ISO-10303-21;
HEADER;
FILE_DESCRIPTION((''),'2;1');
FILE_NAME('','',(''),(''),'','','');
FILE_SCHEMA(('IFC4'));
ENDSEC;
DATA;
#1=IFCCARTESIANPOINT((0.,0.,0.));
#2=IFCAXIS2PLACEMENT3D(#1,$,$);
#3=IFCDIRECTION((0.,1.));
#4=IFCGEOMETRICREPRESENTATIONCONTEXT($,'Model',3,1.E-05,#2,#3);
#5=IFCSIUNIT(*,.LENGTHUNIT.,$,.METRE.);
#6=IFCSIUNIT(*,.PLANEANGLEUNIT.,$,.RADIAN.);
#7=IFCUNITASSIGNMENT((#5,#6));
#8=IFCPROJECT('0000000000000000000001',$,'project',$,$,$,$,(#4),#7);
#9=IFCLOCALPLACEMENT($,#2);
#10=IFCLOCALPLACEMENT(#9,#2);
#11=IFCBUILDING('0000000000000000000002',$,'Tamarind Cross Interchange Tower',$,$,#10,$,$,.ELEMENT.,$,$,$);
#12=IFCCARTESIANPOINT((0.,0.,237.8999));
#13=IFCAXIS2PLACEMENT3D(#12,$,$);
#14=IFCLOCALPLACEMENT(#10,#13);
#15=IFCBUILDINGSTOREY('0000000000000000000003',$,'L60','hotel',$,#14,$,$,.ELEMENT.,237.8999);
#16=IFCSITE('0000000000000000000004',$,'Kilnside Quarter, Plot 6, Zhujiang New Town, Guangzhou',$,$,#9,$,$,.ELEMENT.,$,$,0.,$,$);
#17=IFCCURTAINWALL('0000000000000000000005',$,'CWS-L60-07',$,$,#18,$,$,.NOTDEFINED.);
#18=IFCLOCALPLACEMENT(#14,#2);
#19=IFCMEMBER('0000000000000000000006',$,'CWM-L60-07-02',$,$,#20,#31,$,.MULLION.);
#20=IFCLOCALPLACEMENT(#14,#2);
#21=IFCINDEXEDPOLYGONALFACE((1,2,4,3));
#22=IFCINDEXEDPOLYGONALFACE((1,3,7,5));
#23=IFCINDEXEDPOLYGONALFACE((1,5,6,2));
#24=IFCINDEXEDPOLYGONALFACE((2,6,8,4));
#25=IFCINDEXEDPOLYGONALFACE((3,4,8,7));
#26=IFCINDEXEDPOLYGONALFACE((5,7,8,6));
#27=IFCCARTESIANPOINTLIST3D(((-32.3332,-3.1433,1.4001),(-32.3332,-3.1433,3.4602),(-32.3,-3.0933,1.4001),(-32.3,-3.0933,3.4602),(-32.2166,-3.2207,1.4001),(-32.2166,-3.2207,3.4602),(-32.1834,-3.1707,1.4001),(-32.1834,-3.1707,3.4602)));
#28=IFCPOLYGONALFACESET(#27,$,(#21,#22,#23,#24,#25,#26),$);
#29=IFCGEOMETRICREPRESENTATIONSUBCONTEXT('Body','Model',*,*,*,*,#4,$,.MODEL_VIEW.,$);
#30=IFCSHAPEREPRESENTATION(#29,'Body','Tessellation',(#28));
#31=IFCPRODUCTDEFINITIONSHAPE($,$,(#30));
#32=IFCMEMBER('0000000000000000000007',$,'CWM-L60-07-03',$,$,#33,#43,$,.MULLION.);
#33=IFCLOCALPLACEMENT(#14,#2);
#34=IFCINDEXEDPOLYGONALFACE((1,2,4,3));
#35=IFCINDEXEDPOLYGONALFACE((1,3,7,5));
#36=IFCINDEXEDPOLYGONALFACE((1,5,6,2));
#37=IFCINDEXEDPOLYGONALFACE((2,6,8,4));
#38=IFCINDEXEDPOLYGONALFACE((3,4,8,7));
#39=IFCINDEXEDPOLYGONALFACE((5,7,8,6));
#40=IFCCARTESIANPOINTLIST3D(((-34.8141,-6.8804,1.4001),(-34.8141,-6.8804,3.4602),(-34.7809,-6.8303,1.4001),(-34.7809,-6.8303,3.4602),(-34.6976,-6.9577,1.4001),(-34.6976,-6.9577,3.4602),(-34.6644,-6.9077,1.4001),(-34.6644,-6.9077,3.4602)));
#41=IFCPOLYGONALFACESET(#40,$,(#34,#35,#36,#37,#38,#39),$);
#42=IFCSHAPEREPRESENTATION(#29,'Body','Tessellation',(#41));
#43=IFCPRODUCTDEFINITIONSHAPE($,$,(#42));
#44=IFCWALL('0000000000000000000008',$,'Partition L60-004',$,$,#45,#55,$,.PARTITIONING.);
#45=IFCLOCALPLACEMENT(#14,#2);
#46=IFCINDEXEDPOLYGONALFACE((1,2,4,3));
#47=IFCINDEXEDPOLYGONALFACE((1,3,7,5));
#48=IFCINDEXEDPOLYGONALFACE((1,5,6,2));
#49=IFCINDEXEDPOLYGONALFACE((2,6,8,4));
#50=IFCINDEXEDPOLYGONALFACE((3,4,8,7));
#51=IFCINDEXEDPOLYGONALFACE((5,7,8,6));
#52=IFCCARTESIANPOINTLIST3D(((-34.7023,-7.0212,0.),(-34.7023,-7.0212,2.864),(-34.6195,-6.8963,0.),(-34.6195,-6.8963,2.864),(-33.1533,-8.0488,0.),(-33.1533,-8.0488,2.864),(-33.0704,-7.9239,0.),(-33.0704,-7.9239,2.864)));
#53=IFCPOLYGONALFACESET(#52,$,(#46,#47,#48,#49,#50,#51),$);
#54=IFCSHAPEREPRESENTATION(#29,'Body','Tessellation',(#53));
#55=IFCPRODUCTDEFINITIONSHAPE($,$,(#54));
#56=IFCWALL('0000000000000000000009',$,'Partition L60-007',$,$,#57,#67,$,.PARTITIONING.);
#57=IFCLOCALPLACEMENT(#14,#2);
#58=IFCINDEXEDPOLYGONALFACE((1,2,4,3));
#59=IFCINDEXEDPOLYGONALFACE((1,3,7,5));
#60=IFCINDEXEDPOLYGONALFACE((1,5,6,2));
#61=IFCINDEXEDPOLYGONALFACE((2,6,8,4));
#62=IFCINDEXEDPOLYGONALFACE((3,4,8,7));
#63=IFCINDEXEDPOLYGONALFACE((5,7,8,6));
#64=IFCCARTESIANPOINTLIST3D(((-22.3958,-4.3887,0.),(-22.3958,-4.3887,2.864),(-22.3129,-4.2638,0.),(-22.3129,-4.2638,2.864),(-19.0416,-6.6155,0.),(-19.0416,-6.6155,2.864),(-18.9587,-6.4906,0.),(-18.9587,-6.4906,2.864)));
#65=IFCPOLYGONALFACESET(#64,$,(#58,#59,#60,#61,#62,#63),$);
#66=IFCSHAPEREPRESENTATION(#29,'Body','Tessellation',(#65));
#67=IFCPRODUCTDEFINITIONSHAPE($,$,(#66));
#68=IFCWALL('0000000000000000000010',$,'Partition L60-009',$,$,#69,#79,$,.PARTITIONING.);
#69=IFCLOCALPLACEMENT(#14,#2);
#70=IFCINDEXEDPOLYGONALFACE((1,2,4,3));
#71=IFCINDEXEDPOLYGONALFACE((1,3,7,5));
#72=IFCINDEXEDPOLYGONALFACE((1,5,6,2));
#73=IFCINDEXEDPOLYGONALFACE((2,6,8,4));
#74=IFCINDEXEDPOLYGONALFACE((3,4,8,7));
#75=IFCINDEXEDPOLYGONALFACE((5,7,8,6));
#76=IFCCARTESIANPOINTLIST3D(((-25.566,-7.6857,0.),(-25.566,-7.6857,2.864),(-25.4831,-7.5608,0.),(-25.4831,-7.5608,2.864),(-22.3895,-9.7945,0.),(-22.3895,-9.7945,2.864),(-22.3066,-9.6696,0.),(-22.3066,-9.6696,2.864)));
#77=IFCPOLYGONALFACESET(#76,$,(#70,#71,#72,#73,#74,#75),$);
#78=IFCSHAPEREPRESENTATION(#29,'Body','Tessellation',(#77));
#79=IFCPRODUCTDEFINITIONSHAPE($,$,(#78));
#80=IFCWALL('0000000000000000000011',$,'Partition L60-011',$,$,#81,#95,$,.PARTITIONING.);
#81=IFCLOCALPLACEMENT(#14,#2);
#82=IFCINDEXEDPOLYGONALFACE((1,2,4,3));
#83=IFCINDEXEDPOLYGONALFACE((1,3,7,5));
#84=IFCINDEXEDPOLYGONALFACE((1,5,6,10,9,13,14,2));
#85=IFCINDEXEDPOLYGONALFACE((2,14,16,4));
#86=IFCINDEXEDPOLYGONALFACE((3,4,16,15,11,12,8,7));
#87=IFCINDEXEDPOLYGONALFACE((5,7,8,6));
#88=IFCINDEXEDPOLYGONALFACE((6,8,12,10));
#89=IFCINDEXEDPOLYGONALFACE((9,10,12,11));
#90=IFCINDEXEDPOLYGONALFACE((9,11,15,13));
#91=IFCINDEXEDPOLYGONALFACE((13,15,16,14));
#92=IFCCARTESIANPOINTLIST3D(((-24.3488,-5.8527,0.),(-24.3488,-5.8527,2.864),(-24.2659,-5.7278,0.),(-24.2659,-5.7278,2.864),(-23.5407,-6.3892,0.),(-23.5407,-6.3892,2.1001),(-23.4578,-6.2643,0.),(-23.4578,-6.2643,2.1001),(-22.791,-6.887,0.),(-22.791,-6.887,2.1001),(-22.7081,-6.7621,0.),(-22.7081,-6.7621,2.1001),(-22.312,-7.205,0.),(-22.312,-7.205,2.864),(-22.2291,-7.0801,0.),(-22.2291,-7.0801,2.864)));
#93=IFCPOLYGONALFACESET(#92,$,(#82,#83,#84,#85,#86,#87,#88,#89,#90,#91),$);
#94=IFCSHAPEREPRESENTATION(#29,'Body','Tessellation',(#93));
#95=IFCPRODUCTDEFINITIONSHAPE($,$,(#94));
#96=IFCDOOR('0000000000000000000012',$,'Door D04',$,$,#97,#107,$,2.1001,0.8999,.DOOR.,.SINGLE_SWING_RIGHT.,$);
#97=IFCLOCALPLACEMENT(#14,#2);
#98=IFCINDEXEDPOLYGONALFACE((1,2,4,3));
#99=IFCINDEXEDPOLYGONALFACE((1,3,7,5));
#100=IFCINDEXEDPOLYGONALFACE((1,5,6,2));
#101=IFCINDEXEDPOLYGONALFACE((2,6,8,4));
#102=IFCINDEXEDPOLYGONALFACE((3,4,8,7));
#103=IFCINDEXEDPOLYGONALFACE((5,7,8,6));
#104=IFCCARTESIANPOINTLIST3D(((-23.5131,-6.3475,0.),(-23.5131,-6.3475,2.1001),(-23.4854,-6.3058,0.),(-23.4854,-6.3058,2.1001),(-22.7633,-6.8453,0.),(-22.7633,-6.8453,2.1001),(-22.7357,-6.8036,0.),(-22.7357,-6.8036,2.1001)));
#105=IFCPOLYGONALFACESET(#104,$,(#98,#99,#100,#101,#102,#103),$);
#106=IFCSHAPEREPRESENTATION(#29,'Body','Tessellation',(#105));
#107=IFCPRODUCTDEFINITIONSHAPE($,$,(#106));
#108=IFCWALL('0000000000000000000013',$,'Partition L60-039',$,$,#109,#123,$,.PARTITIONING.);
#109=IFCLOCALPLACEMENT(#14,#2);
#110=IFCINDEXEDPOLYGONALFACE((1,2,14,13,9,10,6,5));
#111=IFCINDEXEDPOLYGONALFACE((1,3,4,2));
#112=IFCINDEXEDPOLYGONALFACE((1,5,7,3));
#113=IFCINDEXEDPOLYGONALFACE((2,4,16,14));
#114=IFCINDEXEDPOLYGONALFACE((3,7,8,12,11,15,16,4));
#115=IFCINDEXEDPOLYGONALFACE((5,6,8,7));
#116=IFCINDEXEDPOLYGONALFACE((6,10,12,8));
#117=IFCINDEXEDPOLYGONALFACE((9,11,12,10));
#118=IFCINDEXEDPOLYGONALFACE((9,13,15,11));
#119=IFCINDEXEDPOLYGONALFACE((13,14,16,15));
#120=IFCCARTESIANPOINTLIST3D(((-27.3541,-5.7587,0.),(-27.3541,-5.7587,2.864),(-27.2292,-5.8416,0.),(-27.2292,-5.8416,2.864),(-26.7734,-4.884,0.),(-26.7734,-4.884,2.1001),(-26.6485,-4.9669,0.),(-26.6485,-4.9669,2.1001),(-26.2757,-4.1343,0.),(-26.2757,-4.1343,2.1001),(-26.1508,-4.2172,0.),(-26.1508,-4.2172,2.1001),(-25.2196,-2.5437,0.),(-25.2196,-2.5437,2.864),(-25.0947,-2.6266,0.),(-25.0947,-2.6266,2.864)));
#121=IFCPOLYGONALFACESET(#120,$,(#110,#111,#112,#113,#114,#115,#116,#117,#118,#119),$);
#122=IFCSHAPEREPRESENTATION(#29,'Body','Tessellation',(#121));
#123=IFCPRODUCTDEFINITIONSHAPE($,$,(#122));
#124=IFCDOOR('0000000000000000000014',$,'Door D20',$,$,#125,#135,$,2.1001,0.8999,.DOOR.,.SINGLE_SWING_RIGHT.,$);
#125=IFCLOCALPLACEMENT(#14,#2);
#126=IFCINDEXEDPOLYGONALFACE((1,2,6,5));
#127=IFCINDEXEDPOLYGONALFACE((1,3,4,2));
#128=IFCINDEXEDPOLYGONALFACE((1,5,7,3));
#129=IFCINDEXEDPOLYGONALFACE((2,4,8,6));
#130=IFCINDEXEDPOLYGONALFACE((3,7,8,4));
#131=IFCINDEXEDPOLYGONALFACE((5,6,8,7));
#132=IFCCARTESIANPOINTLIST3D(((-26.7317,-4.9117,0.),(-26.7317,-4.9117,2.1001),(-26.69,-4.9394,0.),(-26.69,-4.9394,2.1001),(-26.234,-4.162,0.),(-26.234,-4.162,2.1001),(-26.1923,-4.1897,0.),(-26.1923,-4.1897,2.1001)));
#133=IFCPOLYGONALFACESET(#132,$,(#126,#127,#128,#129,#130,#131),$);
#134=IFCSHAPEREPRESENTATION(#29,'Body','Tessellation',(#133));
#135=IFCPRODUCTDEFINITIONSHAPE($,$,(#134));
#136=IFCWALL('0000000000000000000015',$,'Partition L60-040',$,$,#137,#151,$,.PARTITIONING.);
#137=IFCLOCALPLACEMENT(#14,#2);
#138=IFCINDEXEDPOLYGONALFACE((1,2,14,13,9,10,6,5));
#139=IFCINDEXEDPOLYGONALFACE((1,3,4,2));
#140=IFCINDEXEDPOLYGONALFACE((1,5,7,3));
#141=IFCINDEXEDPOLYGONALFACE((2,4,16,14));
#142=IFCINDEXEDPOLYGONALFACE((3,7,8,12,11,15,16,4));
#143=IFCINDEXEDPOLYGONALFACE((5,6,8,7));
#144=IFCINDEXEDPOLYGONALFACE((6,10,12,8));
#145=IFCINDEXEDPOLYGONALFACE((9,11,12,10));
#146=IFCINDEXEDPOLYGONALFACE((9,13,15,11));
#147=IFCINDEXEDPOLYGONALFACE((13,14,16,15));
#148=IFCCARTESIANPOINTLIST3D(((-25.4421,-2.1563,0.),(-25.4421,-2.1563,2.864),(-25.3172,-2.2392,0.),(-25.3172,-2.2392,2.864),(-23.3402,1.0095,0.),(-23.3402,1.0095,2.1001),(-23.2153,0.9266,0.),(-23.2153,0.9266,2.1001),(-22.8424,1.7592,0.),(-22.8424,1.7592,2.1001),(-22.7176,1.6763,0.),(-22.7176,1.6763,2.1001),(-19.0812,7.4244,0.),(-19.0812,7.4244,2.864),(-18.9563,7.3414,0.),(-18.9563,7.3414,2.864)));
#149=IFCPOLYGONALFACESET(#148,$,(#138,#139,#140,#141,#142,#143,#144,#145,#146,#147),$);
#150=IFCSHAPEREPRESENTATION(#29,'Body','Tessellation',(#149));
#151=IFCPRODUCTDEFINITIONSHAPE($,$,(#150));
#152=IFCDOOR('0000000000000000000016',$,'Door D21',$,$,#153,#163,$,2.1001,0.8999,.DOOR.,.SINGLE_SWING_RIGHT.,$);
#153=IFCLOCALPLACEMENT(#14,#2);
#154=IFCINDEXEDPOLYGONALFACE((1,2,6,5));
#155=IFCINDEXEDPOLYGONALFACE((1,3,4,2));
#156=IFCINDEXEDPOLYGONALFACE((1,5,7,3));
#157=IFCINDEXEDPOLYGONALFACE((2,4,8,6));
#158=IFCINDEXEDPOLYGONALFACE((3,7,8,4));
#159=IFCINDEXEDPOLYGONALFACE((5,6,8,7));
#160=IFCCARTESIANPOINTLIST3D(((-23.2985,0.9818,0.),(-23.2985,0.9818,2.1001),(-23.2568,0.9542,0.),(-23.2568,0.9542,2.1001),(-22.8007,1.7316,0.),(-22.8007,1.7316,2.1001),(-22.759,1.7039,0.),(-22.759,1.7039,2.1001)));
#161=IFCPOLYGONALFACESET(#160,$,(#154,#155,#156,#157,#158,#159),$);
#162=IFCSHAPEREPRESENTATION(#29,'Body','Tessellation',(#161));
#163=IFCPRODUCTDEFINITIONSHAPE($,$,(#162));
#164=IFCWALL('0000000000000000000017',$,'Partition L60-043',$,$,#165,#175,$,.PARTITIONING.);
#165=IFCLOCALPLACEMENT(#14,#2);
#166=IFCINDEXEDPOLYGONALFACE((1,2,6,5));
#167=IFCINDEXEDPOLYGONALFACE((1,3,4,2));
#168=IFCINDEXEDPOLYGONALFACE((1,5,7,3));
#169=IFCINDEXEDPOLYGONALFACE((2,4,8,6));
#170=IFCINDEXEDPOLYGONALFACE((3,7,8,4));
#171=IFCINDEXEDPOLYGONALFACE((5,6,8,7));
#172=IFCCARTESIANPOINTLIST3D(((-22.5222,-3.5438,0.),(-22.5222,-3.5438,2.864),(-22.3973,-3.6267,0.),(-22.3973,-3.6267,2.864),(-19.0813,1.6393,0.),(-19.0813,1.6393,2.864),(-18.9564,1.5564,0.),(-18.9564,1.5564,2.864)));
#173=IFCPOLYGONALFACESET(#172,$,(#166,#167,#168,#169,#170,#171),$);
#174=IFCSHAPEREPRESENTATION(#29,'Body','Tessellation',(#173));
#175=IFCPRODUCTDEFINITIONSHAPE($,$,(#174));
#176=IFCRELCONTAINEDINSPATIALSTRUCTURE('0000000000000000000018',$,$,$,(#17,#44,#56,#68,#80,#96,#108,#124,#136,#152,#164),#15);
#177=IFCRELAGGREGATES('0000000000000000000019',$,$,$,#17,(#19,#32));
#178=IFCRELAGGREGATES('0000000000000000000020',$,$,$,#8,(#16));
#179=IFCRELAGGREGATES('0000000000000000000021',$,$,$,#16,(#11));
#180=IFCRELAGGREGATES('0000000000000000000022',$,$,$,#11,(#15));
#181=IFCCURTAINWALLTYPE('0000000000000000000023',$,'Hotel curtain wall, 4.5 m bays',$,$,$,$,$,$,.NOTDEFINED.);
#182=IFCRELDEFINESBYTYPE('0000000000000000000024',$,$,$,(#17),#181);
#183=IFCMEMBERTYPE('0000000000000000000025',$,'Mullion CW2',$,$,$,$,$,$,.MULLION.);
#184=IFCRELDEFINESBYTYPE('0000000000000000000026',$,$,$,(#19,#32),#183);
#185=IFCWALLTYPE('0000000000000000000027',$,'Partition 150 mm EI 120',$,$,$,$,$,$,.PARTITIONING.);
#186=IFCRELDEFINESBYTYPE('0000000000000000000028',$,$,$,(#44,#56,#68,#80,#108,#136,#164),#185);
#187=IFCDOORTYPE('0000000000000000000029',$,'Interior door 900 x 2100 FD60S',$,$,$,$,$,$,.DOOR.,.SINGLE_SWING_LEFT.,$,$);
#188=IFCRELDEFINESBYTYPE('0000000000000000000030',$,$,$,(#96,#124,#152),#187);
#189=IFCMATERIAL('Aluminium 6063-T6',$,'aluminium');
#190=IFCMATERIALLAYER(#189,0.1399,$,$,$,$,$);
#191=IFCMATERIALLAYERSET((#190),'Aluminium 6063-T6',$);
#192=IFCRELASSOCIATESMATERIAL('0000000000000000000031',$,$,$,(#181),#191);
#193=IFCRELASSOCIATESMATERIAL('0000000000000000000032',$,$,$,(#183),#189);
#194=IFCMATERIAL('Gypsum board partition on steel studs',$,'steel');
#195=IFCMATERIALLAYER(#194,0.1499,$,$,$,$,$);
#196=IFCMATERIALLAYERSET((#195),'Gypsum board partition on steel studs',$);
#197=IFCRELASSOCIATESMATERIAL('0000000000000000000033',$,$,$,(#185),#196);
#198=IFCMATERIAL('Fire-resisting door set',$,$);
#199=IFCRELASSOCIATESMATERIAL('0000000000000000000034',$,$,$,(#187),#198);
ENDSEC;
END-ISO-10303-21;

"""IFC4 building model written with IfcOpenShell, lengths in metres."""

from ifc_helpers import new_model, si_unit, direction, frame, frame_2d, origin, origin_2d, place, context, subcontext, project, spatial, rectangle, extrude, material, layer, layer_set, material_profile, profile_set, type_object, element, fill, aggregate, save


model = new_model("IFC4")

# Units and contexts
model_context = context("Model", 3, precision=1e-05, world=origin(), true_north=direction((0.0, 1.0)))
body_context = subcontext(model_context, "Body", "Model", "MODEL_VIEW")
ifc_project = project(units=[si_unit("LENGTHUNIT", "METRE"), si_unit("PLANEANGLEUNIT", "RADIAN")], contexts=[model_context])

# Site, building, storey
site_placement = place(None, origin())
site = spatial("IfcSite", under=ifc_project, at=site_placement, Name="Kilnside Quarter, Plot 6, Zhujiang New Town, Guangzhou", CompositionType="ELEMENT", RefElevation=0.0)
building_placement = place(site_placement, origin())
building = spatial("IfcBuilding", under=site, at=building_placement, Name="Tamarind Cross Interchange Tower", CompositionType="ELEMENT")
storey_placement = place(building_placement, frame((0.0, 0.0, 237.8999)))
storey = spatial("IfcBuildingStorey", under=building, at=storey_placement, Name="L60", Description="hotel", CompositionType="ELEMENT", Elevation=237.8999)

# Curtain wall, members
ifc_material_1 = material(Name="Aluminium 6063-T6", Category="aluminium")
ifc_layer_1 = layer(ifc_material_1, 0.1399)
ifc_layer_set_1 = layer_set([ifc_layer_1], Name="Aluminium 6063-T6")
curtain_wall_type = type_object("IfcCurtainWallType", Name="Hotel curtain wall, 4.5 m bays", PredefinedType="NOTDEFINED", material=ifc_layer_set_1)
curtain_wall_placement = place(storey_placement, origin())
curtain_wall = element("IfcCurtainWall", 1, at=curtain_wall_placement, inside=storey, type_object=curtain_wall_type, Name="CWS-L60-07", PredefinedType="NOTDEFINED")
ifc_material_profile_1 = material_profile(ifc_material_1, rectangle(XDim=0.0601, YDim=0.1399, at=origin_2d()), Name="Mullion CW2")
ifc_profile_set_1 = profile_set([ifc_material_profile_1], Name="Aluminium 6063-T6")
member_type = type_object("IfcMemberType", Name="Mullion CW2", PredefinedType="MULLION", material=ifc_profile_set_1)
member_1_placement = place(storey_placement, frame((-32.2583, -3.157, 1.4001), z_axis=(0.0, 0.0, 1.0), x_axis=(-0.553112, -0.833107, 0.0)))
member_1 = element("IfcMember", 2, at=member_1_placement, type_object=member_type, Name="CWM-L60-07-02", PredefinedType="MULLION", context=body_context, shape_type="SweptSolid", body=[
    extrude(rectangle(XDim=0.0601, YDim=0.1399, at=origin_2d()), origin(), (0.0, 0.0, 1.0), 2.0601),
])
member_2_placement = place(storey_placement, frame((-34.7393, -6.894, 1.4001), z_axis=(0.0, 0.0, 1.0), x_axis=(-0.553112, -0.833107, 0.0)))
member_2 = element("IfcMember", 3, at=member_2_placement, type_object=member_type, Name="CWM-L60-07-03", PredefinedType="MULLION", context=body_context, shape_type="SweptSolid", body=[
    extrude(rectangle(XDim=0.0601, YDim=0.1399, at=origin_2d()), origin(), (0.0, 0.0, 1.0), 2.0601),
])
aggregate(curtain_wall, [member_1, member_2])

# Walls
ifc_material_2 = material(Name="Gypsum board partition on steel studs", Category="steel")
ifc_layer_2 = layer(ifc_material_2, 0.1499)
ifc_layer_set_2 = layer_set([ifc_layer_2], Name="Gypsum board partition on steel studs")
wall_type_1 = type_object("IfcWallType", Name="Partition 150 mm EI 120", PredefinedType="PARTITIONING", material=ifc_layer_set_2)
wall_1_placement = place(storey_placement, frame((-34.6609, -6.9587, 0.0), z_axis=(0.0, 0.0, 1.0), x_axis=(0.833321, -0.552789, 0.0)))
element("IfcWall", 4, at=wall_1_placement, inside=storey, type_object=wall_type_1, Name="Partition L60-004", PredefinedType="PARTITIONING", context=body_context, shape_type="SweptSolid", body=[
    extrude(rectangle(XDim=1.8589, YDim=0.1499, at=frame_2d((0.9294, 0.0))), origin(), (0.0, 0.0, 1.0), 2.864),
])
wall_2_placement = place(storey_placement, frame((-22.3545, -4.3262, 0.0), z_axis=(0.0, 0.0, 1.0), x_axis=(0.833122, -0.55309, 0.0)))
element("IfcWall", 5, at=wall_2_placement, inside=storey, type_object=wall_type_1, Name="Partition L60-007", PredefinedType="PARTITIONING", context=body_context, shape_type="SweptSolid", body=[
    extrude(rectangle(XDim=4.0261, YDim=0.1499, at=frame_2d((2.0132, 0.0))), origin(), (0.0, 0.0, 1.0), 2.864),
])
wall_3_placement = place(storey_placement, frame((-25.5244, -7.6233, 0.0), z_axis=(0.0, 0.0, 1.0), x_axis=(0.833113, -0.553103, 0.0)))
element("IfcWall", 6, at=wall_3_placement, inside=storey, type_object=wall_type_1, Name="Partition L60-009", PredefinedType="PARTITIONING", context=body_context, shape_type="SweptSolid", body=[
    extrude(rectangle(XDim=3.8127, YDim=0.1499, at=frame_2d((1.9062, 0.0))), origin(), (0.0, 0.0, 1.0), 2.864),
])

# Walls, openings, doors
wall_4_placement = place(storey_placement, frame((-24.3074, -5.7903, 0.0), z_axis=(0.0, 0.0, 1.0), x_axis=(0.833109, -0.553109, 0.0)))
wall_4 = element("IfcWall", 7, at=wall_4_placement, inside=storey, type_object=wall_type_1, Name="Partition L60-011", PredefinedType="PARTITIONING", context=body_context, shape_type="SweptSolid", body=[
    extrude(rectangle(XDim=2.4448, YDim=0.1499, at=frame_2d((1.2224, 0.0))), origin(), (0.0, 0.0, 1.0), 2.864),
])
opening_1_placement = place(wall_4_placement, frame((0.97, 0.0, 0.0)))
opening_1 = element("IfcOpeningElement", 8, at=opening_1_placement, cuts=wall_4, PredefinedType="OPENING", context=body_context, shape_type="SweptSolid", body=[
    extrude(rectangle(XDim=0.8999, YDim=2.1001, at=frame_2d((0.45, 1.05))), frame((0.0, 0.085, 0.0), z_axis=(0.0, -1.0, 0.0), x_axis=(1.0, 0.0, 0.0)), (0.0, 0.0, 1.0), 0.1699),
])
ifc_material_3 = material(Name="Fire-resisting door set")
door_type_1 = type_object("IfcDoorType", Name="Interior door 900 x 2100 FD60S", OperationType="SINGLE_SWING_LEFT", PredefinedType="DOOR", material=ifc_material_3)
door_1_placement = place(opening_1_placement, frame((0.8999, 0.0, 0.0), z_axis=(0.0, 0.0, 1.0), x_axis=(-1.0, 0.0, 0.0)))
door_1 = element("IfcDoor", 9, at=door_1_placement, inside=storey, type_object=door_type_1, Name="Door D04", OperationType="SINGLE_SWING_RIGHT", OverallHeight=2.1001, OverallWidth=0.8999, PredefinedType="DOOR", context=body_context, shape_type="SweptSolid", body=[
    extrude(rectangle(XDim=0.8999, YDim=2.1001, at=frame_2d((0.45, 1.05))), frame((0.0, 0.0249, 0.0), z_axis=(0.0, -1.0, 0.0), x_axis=(1.0, 0.0, 0.0)), (0.0, 0.0, 1.0), 0.05),
])
fill(opening_1, door_1)
wall_5_placement = place(storey_placement, frame((-27.2917, -5.8003, 0.0), z_axis=(0.0, 0.0, 1.0), x_axis=(0.553108, 0.83311, 0.0)))
wall_5 = element("IfcWall", 10, at=wall_5_placement, inside=storey, type_object=wall_type_1, Name="Partition L60-039", PredefinedType="PARTITIONING", context=body_context, shape_type="SweptSolid", body=[
    extrude(rectangle(XDim=3.8591, YDim=0.1499, at=frame_2d((1.9297, 0.0))), origin(), (0.0, 0.0, 1.0), 2.864),
])
opening_2_placement = place(wall_5_placement, frame((1.05, 0.0, 0.0)))
opening_2 = element("IfcOpeningElement", 11, at=opening_2_placement, cuts=wall_5, PredefinedType="OPENING", context=body_context, shape_type="SweptSolid", body=[
    extrude(rectangle(XDim=0.8999, YDim=2.1001, at=frame_2d((0.45, 1.05))), frame((0.0, 0.085, 0.0), z_axis=(0.0, -1.0, 0.0), x_axis=(1.0, 0.0, 0.0)), (0.0, 0.0, 1.0), 0.1699),
])
door_2_placement = place(opening_2_placement, origin())
door_2 = element("IfcDoor", 12, at=door_2_placement, inside=storey, type_object=door_type_1, Name="Door D20", OperationType="SINGLE_SWING_RIGHT", OverallHeight=2.1001, OverallWidth=0.8999, PredefinedType="DOOR", context=body_context, shape_type="SweptSolid", body=[
    extrude(rectangle(XDim=0.8999, YDim=2.1001, at=frame_2d((0.45, 1.05))), frame((0.0, 0.0249, 0.0), z_axis=(0.0, -1.0, 0.0), x_axis=(1.0, 0.0, 0.0)), (0.0, 0.0, 1.0), 0.05),
])
fill(opening_2, door_2)
wall_6_placement = place(storey_placement, frame((-25.3796, -2.1978, 0.0), z_axis=(0.0, 0.0, 1.0), x_axis=(0.553122, 0.8331, 0.0)))
wall_6 = element("IfcWall", 13, at=wall_6_placement, inside=storey, type_object=wall_type_1, Name="Partition L60-040", PredefinedType="PARTITIONING", context=body_context, shape_type="SweptSolid", body=[
    extrude(rectangle(XDim=11.5, YDim=0.1499, at=frame_2d((5.75, 0.0))), origin(), (0.0, 0.0, 1.0), 2.864),
])
opening_3_placement = place(wall_6_placement, frame((3.8, 0.0, 0.0)))
opening_3 = element("IfcOpeningElement", 14, at=opening_3_placement, cuts=wall_6, PredefinedType="OPENING", context=body_context, shape_type="SweptSolid", body=[
    extrude(rectangle(XDim=0.8999, YDim=2.1001, at=frame_2d((0.45, 1.05))), frame((0.0, 0.085, 0.0), z_axis=(0.0, -1.0, 0.0), x_axis=(1.0, 0.0, 0.0)), (0.0, 0.0, 1.0), 0.1699),
])
door_3_placement = place(opening_3_placement, origin())
door_3 = element("IfcDoor", 15, at=door_3_placement, inside=storey, type_object=door_type_1, Name="Door D21", OperationType="SINGLE_SWING_RIGHT", OverallHeight=2.1001, OverallWidth=0.8999, PredefinedType="DOOR", context=body_context, shape_type="SweptSolid", body=[
    extrude(rectangle(XDim=0.8999, YDim=2.1001, at=frame_2d((0.45, 1.05))), frame((0.0, 0.0249, 0.0), z_axis=(0.0, -1.0, 0.0), x_axis=(1.0, 0.0, 0.0)), (0.0, 0.0, 1.0), 0.05),
])
fill(opening_3, door_3)

# Wall
wall_7_placement = place(storey_placement, frame((-22.4597, -3.5852, 0.0), z_axis=(0.0, 0.0, 1.0), x_axis=(0.553087, 0.833123, 0.0)))
element("IfcWall", 16, at=wall_7_placement, inside=storey, type_object=wall_type_1, Name="Partition L60-043", PredefinedType="PARTITIONING", context=body_context, shape_type="SweptSolid", body=[
    extrude(rectangle(XDim=6.2212, YDim=0.1499, at=frame_2d((3.1106, 0.0))), origin(), (0.0, 0.0, 1.0), 2.864),
])

save(model, "model.ifc")
